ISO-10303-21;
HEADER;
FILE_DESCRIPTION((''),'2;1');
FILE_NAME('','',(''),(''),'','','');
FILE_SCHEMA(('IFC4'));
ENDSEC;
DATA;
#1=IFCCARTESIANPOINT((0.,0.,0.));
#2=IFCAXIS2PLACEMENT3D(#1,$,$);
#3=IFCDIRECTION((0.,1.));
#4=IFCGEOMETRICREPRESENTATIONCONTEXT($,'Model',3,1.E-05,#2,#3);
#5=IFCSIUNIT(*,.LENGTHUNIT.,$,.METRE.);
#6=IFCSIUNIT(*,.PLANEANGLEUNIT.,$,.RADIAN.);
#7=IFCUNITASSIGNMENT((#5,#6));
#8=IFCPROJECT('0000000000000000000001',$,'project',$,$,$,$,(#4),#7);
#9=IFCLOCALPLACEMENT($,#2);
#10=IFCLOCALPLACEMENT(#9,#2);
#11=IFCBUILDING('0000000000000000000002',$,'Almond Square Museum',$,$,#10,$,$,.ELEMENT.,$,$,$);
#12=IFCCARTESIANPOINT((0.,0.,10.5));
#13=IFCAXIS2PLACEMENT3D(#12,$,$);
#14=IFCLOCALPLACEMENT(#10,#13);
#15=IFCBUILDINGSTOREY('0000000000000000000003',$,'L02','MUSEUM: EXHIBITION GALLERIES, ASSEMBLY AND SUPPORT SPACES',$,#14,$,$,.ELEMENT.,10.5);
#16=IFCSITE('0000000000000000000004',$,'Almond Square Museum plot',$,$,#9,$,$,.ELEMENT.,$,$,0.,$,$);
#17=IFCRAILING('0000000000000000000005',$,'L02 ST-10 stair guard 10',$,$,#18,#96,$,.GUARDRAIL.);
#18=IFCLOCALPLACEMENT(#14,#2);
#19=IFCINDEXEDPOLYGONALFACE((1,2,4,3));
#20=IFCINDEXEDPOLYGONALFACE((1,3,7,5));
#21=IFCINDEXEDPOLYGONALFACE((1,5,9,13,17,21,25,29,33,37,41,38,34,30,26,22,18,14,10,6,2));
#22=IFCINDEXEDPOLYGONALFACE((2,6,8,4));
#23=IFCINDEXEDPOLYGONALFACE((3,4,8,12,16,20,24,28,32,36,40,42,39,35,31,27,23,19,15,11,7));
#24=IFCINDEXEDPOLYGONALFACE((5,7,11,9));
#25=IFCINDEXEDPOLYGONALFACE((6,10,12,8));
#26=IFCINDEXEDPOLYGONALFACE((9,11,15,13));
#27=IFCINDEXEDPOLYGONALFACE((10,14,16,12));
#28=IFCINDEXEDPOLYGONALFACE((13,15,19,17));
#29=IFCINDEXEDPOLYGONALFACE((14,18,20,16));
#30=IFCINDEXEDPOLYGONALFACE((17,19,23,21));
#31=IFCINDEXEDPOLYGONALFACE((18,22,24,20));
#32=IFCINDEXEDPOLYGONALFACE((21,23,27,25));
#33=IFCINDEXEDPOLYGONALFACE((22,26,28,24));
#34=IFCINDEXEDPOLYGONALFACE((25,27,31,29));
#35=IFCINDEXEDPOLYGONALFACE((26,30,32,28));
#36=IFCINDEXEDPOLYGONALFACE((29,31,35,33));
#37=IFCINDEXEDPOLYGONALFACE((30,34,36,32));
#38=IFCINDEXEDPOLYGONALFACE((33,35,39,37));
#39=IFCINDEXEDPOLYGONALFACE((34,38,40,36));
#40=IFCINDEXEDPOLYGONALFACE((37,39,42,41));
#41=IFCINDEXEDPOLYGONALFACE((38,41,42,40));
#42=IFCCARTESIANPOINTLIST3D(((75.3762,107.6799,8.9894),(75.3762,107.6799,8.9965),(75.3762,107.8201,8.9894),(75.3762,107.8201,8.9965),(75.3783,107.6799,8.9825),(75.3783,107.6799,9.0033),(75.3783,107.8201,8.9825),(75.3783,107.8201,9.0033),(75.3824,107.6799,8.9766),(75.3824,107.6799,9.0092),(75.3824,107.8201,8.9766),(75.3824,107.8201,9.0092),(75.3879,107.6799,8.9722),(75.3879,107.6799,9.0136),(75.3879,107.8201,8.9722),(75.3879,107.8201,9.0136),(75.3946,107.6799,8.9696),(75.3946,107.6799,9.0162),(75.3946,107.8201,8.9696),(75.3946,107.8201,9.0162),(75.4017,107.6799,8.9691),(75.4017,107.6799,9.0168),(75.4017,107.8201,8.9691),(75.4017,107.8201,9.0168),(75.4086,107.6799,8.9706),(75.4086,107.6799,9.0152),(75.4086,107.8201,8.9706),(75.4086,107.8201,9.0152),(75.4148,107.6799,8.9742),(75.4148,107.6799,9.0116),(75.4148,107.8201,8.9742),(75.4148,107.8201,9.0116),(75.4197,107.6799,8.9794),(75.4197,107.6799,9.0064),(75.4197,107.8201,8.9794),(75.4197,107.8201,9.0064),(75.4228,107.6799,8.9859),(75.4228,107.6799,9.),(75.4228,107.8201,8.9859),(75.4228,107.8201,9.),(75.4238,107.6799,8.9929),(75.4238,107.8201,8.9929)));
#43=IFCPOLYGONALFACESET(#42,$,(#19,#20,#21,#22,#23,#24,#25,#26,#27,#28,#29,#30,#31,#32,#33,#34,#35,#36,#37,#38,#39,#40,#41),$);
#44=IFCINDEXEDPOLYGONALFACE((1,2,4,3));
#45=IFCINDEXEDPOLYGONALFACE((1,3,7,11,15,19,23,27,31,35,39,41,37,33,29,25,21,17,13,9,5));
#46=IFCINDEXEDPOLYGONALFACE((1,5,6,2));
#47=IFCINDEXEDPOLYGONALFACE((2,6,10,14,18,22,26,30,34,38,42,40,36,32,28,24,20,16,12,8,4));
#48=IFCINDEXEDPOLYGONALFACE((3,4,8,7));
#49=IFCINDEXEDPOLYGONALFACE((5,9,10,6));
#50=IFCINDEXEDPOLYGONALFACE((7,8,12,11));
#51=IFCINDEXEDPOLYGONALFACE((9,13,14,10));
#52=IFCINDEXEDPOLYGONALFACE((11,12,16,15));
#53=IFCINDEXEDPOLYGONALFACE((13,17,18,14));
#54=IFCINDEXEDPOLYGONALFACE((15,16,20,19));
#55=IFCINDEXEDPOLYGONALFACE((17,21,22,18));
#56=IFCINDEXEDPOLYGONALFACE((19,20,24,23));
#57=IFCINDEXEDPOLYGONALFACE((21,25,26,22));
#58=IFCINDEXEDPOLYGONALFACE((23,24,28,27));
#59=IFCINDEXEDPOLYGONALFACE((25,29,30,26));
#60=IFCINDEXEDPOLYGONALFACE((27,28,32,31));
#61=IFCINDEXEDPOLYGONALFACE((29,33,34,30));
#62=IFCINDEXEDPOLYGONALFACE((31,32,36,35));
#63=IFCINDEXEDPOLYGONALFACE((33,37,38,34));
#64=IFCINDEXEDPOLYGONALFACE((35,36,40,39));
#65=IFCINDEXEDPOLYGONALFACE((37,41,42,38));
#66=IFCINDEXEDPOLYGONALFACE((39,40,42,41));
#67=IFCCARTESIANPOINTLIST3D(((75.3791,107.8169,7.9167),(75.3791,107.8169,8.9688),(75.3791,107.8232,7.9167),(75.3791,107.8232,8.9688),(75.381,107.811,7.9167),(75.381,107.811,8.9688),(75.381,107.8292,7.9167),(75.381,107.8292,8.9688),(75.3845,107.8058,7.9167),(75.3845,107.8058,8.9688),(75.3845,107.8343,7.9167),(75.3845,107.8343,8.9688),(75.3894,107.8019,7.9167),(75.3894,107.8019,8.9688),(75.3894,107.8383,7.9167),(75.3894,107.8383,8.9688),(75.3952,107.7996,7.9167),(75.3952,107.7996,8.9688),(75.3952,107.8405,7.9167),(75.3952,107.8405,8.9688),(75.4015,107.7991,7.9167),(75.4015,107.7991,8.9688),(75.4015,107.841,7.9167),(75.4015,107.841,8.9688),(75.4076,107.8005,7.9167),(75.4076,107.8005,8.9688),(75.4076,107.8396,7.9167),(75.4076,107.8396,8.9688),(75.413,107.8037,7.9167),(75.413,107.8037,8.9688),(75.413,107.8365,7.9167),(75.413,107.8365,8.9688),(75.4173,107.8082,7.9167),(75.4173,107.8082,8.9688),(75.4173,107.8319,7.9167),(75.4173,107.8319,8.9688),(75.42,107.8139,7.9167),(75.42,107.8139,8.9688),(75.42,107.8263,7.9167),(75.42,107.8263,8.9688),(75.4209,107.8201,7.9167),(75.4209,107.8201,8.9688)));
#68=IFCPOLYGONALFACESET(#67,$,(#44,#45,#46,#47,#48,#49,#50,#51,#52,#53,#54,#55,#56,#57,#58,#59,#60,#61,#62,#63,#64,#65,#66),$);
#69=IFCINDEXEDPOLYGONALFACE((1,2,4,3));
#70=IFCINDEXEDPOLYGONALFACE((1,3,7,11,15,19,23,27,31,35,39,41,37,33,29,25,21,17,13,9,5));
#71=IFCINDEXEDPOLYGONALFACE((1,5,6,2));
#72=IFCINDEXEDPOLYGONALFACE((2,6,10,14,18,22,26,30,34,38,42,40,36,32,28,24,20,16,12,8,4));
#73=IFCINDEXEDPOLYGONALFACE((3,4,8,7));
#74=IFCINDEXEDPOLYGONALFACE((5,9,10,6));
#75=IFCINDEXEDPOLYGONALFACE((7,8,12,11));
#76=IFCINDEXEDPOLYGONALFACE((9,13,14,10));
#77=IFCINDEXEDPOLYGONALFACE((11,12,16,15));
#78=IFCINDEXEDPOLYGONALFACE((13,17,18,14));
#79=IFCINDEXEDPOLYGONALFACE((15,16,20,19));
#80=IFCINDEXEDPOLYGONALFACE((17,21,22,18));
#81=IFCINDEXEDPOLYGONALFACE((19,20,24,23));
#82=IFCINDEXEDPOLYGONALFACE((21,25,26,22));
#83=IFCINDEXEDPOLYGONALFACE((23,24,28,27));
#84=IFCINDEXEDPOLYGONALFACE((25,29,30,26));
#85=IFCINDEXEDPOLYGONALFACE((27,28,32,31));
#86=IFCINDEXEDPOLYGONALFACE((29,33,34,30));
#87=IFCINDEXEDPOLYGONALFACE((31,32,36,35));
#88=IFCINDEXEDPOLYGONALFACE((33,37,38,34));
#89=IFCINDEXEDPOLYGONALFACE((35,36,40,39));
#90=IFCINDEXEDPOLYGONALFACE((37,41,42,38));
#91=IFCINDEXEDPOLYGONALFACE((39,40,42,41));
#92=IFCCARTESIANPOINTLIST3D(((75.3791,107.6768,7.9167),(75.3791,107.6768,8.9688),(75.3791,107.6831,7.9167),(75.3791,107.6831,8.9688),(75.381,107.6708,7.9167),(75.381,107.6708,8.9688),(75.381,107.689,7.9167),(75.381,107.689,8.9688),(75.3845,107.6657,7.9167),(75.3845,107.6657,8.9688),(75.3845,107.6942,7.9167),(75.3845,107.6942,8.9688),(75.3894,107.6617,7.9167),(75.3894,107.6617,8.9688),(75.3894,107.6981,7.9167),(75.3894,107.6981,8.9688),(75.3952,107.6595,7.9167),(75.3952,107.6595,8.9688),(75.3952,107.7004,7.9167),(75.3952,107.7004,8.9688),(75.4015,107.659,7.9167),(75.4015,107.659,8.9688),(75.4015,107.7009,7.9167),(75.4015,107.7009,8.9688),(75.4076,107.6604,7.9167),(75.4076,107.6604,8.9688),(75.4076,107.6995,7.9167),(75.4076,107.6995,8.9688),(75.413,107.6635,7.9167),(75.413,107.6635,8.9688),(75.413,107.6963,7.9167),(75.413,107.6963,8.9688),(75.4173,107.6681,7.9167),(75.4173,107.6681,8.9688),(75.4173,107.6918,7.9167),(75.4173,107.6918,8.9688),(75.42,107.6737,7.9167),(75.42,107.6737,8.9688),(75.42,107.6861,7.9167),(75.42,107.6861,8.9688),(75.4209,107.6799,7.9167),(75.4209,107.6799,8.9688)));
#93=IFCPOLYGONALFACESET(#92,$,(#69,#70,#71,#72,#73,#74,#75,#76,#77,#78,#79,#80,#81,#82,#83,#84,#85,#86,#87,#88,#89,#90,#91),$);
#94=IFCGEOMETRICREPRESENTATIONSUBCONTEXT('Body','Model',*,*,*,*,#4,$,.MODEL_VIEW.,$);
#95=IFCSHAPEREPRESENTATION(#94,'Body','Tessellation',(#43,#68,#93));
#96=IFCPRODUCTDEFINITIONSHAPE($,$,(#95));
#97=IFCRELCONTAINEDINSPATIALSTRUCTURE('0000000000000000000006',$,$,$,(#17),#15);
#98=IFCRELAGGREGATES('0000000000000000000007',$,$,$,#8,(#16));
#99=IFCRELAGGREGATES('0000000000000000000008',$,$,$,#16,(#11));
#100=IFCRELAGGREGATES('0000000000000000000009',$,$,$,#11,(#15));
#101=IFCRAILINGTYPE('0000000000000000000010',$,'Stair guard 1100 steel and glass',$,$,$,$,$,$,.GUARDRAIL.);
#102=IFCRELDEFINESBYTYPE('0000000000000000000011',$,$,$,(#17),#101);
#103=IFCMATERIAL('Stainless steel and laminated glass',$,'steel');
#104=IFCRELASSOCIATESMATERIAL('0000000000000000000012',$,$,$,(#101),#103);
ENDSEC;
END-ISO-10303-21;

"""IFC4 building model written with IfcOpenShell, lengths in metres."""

from ifc_helpers import new_model, si_unit, direction, frame, origin, origin_2d, place, context, subcontext, project, spatial, circle, extrude, material, type_object, element, save


model = new_model("IFC4")

# Units and contexts
model_context = context("Model", 3, precision=1e-05, world=origin(), true_north=direction((0.0, 1.0)))
body_context = subcontext(model_context, "Body", "Model", "MODEL_VIEW")
ifc_project = project(units=[si_unit("LENGTHUNIT", "METRE"), si_unit("PLANEANGLEUNIT", "RADIAN")], contexts=[model_context])

# Site, building, storey
site_placement = place(None, origin())
site = spatial("IfcSite", under=ifc_project, at=site_placement, Name="Almond Square Museum plot", CompositionType="ELEMENT", RefElevation=0.0)
building_placement = place(site_placement, origin())
building = spatial("IfcBuilding", under=site, at=building_placement, Name="Almond Square Museum", CompositionType="ELEMENT")
storey_placement = place(building_placement, frame((0.0, 0.0, 10.5)))
storey = spatial("IfcBuildingStorey", under=building, at=storey_placement, Name="L02", Description="MUSEUM: EXHIBITION GALLERIES, ASSEMBLY AND SUPPORT SPACES", CompositionType="ELEMENT", Elevation=10.5)

# Railing
ifc_material_1 = material(Name="Stainless steel and laminated glass", Category="steel")
railing_type_1 = type_object("IfcRailingType", Name="Stair guard 1100 steel and glass", PredefinedType="GUARDRAIL", material=ifc_material_1)
railing_1_placement = place(storey_placement, frame((75.3999, 107.8201, 7.9167)))
element("IfcRailing", 1, at=railing_1_placement, inside=storey, type_object=railing_type_1, Name="L02 ST-10 stair guard 10", PredefinedType="GUARDRAIL", context=body_context, shape_type="SweptSolid", body=[
    extrude(circle(Radius=0.0239, at=origin_2d()), frame((0.0, 0.0, 1.0762), z_axis=(0.0, -1.0, 0.0), x_axis=(1.0, 0.0, 0.0)), (0.0, 0.0, 1.0), 0.1401),
    extrude(circle(Radius=0.021, at=origin_2d()), origin(), (0.0, 0.0, 1.0), 1.052),
    extrude(circle(Radius=0.021, at=origin_2d()), frame((0.0, -0.1401, 0.0)), (0.0, 0.0, 1.0), 1.052),
])

save(model, "model.ifc")
